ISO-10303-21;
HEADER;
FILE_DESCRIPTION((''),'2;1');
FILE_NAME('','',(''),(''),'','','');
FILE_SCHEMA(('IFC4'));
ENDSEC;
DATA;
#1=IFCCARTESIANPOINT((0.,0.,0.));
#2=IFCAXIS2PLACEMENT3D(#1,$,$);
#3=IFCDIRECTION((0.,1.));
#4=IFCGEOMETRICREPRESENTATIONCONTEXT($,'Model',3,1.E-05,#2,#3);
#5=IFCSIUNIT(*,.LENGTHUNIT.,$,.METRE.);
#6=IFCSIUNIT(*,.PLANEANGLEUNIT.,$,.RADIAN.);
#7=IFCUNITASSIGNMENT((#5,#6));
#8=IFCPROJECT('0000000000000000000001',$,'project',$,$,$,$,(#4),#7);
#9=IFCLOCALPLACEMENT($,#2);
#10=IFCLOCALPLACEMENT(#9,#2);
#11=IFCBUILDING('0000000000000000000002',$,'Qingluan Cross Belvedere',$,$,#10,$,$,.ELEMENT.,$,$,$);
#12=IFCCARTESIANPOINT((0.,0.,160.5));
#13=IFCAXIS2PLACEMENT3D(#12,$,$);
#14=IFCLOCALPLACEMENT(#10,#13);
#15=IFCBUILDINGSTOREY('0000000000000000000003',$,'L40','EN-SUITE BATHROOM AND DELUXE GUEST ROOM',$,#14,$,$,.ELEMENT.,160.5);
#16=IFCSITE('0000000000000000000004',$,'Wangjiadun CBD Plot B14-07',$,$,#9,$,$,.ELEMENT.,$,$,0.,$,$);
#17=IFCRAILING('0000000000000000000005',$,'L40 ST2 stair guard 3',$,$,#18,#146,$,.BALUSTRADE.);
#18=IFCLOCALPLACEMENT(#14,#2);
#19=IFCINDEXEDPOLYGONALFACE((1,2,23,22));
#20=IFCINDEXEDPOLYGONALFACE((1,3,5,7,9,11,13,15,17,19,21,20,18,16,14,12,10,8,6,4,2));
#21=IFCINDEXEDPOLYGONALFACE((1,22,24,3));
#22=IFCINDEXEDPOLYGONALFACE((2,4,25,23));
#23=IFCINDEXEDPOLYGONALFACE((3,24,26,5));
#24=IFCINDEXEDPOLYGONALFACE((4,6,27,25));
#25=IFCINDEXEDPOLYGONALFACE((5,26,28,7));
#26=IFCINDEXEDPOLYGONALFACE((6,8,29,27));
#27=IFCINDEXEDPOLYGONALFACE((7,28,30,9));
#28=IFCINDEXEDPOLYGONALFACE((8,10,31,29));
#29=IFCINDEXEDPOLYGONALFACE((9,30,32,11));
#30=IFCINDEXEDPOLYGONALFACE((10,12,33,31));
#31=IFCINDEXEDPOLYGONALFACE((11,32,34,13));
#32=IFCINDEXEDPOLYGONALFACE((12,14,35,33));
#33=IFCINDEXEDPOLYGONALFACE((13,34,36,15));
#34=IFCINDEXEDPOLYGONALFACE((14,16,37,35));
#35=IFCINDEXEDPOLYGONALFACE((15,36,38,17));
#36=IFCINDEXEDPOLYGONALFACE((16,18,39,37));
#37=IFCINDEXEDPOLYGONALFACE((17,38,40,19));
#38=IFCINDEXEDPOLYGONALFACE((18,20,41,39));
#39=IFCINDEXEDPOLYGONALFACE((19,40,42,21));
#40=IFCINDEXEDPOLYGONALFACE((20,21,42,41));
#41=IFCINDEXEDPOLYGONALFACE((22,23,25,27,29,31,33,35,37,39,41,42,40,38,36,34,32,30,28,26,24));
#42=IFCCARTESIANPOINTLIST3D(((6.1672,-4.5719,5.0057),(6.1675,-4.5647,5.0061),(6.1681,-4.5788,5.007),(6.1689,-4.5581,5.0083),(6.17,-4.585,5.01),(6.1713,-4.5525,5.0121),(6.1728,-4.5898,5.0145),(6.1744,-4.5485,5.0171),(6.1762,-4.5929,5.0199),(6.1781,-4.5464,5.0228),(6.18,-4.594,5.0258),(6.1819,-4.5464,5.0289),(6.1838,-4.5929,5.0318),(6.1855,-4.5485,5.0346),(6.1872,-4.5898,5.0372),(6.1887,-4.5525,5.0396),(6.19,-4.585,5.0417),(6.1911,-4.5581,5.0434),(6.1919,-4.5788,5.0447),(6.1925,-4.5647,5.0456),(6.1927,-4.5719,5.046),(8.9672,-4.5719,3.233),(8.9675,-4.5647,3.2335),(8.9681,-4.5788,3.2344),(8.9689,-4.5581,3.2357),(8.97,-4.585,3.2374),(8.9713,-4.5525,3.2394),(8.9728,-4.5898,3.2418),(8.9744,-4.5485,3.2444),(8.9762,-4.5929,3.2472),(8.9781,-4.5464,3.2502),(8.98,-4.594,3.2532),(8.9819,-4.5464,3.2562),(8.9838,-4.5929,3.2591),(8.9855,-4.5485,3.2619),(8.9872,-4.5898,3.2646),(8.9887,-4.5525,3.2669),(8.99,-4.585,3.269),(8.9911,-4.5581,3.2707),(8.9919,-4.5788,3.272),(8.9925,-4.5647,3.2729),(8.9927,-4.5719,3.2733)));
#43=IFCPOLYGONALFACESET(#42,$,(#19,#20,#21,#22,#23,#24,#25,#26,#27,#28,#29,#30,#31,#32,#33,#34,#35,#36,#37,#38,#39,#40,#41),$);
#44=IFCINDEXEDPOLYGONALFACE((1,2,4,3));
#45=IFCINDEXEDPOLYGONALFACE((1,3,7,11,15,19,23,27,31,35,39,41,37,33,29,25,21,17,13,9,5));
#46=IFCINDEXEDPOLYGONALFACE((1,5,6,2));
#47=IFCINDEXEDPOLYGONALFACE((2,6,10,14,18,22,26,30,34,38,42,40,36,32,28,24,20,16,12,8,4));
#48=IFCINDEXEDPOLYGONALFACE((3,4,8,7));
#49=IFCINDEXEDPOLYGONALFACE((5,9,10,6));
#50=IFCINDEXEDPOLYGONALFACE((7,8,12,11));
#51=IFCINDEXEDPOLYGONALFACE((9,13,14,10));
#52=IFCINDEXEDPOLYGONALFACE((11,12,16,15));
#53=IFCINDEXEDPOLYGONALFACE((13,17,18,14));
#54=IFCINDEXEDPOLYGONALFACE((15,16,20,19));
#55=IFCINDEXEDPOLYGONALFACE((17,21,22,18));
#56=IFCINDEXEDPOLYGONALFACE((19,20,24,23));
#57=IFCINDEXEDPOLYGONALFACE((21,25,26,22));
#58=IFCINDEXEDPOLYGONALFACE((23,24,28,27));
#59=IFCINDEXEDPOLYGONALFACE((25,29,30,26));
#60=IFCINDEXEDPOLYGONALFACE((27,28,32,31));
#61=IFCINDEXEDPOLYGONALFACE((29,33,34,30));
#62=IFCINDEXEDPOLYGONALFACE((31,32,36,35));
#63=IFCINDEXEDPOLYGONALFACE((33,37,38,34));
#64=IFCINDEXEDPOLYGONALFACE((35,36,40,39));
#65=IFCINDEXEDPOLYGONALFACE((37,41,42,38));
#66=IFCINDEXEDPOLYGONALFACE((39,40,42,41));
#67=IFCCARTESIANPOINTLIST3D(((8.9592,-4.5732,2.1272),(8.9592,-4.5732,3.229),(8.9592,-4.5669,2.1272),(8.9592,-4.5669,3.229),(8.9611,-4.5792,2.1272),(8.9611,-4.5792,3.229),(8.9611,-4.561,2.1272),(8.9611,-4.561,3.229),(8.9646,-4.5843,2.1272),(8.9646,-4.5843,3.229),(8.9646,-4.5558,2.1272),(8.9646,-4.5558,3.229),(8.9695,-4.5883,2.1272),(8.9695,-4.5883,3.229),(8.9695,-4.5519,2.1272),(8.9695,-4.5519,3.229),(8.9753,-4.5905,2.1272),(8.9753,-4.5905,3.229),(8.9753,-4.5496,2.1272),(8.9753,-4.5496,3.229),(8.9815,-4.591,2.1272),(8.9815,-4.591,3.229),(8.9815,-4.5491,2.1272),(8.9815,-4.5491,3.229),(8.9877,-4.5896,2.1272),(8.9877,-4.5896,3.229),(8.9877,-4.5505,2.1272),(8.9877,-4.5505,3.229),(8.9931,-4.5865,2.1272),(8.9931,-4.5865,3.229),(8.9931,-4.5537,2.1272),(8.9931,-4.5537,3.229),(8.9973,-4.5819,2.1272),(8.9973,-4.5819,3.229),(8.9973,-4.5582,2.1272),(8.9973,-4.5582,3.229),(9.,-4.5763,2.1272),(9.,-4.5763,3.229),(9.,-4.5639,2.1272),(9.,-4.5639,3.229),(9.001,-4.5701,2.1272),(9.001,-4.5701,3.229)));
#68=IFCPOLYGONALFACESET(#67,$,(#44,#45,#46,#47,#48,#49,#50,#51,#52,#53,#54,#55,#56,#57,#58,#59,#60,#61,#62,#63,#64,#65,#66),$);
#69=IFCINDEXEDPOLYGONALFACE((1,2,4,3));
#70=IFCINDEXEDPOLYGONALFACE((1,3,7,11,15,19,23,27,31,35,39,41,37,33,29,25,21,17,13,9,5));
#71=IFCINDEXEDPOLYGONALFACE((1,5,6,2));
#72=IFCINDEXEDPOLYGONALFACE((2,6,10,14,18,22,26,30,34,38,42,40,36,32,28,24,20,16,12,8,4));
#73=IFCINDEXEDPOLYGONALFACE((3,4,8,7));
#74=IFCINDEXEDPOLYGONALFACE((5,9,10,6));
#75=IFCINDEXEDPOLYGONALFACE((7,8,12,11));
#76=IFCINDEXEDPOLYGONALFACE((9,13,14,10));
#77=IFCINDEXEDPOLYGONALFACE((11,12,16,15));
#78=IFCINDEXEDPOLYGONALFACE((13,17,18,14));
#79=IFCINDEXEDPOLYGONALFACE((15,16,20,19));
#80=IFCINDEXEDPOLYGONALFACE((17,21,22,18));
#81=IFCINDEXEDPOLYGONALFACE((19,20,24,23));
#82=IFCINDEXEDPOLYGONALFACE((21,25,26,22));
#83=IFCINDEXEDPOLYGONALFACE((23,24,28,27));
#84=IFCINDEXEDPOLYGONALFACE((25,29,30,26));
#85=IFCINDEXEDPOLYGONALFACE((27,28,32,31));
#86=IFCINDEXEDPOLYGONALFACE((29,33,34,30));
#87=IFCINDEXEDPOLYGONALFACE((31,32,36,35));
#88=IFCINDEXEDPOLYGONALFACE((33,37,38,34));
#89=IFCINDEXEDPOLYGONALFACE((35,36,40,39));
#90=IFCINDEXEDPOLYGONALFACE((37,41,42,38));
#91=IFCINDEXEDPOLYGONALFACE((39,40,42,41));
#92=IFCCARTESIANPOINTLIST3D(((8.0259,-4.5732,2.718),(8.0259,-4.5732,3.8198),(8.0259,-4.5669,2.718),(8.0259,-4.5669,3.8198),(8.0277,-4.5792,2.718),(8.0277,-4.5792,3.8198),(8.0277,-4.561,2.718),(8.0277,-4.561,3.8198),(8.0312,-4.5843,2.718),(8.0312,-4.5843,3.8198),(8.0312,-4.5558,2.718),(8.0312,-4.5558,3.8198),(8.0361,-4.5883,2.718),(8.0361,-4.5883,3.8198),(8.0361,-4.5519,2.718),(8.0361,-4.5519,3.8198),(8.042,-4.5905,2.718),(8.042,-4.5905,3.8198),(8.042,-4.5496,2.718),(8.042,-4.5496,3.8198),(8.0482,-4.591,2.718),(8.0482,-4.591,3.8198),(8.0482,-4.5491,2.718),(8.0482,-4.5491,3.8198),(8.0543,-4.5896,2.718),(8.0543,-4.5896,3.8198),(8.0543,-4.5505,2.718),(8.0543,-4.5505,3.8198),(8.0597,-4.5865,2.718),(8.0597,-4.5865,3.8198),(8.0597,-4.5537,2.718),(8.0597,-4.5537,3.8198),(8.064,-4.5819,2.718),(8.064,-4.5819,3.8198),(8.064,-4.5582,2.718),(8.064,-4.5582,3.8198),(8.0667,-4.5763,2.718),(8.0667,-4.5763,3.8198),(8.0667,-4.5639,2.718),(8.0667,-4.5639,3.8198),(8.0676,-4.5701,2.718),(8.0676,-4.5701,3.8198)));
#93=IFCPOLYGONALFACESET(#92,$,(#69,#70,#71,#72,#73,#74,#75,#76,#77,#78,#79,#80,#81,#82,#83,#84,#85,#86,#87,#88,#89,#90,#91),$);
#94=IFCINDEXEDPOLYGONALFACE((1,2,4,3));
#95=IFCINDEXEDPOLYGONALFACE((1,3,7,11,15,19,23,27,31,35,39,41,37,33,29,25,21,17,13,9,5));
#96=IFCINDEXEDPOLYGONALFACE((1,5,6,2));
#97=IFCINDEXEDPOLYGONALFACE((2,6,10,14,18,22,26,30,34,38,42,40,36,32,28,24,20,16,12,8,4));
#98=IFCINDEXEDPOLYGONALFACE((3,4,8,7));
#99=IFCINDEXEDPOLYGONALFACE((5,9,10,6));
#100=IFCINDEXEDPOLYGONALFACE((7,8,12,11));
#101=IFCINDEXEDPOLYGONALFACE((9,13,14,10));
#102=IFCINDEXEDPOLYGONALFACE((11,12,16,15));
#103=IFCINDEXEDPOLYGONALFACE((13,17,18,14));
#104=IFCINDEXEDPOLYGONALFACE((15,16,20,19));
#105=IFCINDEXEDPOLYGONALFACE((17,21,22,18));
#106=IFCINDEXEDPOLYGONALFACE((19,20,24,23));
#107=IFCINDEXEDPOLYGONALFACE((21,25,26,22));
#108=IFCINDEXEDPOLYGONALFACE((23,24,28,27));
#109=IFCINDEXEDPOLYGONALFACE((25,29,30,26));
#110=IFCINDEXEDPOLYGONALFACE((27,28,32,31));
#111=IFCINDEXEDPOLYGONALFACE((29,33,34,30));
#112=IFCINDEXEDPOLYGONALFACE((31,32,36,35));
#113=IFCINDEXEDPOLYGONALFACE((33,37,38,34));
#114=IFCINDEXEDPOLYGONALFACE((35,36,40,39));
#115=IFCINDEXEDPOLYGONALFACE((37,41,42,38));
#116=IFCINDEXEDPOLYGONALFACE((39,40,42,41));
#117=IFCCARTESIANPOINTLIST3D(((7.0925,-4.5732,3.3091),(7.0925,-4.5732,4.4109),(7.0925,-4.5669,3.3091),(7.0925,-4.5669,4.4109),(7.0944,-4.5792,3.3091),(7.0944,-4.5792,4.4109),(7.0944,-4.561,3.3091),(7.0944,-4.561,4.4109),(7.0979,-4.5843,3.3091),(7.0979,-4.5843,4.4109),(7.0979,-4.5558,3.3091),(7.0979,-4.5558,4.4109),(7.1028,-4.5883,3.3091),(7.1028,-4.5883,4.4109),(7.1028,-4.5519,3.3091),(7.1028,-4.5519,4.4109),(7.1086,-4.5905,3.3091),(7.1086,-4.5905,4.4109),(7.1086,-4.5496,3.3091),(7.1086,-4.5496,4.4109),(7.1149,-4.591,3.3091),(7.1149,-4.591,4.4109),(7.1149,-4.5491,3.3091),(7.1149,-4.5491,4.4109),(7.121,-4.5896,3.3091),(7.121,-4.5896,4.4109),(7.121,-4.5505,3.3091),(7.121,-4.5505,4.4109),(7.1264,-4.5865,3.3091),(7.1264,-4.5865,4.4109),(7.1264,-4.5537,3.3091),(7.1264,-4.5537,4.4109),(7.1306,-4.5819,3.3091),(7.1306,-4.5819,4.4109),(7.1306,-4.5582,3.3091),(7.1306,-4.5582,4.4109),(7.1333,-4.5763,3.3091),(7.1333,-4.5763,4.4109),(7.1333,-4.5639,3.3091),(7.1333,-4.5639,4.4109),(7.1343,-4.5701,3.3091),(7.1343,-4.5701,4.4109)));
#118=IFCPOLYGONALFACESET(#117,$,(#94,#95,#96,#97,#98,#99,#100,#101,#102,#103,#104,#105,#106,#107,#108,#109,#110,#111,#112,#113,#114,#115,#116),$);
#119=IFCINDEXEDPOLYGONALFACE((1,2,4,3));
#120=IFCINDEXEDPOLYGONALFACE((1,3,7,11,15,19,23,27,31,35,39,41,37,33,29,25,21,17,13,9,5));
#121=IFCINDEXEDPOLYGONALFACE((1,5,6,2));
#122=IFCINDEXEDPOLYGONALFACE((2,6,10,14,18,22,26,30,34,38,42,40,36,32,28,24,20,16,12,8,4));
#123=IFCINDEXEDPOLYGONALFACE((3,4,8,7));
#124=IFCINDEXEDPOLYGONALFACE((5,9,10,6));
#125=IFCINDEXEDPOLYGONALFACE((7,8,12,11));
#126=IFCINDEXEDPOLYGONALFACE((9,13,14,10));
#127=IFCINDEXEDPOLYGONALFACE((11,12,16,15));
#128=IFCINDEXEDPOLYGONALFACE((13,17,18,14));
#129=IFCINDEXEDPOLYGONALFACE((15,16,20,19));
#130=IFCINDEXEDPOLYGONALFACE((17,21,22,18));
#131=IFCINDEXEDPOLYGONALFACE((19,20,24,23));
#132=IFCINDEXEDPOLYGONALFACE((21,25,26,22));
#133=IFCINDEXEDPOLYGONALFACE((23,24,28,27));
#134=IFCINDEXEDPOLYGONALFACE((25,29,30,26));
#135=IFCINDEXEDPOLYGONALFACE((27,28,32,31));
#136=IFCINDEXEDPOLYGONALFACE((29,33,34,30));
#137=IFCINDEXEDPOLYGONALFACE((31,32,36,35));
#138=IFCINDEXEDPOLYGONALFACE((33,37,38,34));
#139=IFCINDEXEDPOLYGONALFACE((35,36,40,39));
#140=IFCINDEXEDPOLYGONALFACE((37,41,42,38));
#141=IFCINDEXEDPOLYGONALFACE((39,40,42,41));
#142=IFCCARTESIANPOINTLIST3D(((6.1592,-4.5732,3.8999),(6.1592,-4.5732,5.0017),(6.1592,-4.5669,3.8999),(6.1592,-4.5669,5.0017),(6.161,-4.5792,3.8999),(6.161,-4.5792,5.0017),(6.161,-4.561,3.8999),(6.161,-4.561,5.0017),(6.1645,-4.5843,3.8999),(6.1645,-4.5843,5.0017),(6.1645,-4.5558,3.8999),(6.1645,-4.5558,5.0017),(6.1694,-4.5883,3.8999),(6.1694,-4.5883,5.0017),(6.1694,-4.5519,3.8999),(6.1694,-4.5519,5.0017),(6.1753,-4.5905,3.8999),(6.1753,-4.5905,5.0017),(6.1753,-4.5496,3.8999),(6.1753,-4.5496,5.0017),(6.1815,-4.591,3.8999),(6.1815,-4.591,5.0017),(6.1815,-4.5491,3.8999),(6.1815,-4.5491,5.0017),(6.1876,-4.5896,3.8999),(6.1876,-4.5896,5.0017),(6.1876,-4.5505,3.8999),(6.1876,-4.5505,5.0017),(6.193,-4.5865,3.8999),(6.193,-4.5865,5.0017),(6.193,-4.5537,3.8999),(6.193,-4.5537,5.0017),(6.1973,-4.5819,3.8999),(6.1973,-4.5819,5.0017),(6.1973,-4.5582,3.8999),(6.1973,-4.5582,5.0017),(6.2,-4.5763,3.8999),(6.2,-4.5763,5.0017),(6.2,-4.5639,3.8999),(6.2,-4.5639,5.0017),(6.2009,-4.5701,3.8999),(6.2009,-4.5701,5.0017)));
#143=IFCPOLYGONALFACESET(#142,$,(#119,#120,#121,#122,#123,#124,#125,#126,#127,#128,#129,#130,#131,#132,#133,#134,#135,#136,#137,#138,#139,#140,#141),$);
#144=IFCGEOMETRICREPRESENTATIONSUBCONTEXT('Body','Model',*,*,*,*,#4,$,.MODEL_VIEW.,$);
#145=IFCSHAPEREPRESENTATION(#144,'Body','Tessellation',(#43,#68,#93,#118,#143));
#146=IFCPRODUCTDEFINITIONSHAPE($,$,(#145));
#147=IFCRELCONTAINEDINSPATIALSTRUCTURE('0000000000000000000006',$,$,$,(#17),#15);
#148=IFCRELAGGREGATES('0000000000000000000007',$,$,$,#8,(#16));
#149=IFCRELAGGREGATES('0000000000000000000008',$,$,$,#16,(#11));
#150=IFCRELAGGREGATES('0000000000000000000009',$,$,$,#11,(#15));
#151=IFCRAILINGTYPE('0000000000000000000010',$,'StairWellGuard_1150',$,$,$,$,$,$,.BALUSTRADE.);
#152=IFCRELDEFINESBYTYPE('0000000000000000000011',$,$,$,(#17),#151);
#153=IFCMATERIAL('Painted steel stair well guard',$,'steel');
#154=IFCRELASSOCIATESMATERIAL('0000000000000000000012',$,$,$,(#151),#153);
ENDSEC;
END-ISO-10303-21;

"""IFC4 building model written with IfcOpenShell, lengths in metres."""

from ifc_helpers import new_model, si_unit, direction, frame, origin, origin_2d, place, context, subcontext, project, spatial, circle, extrude, material, type_object, element, save


model = new_model("IFC4")

# Units and contexts
model_context = context("Model", 3, precision=1e-05, world=origin(), true_north=direction((0.0, 1.0)))
body_context = subcontext(model_context, "Body", "Model", "MODEL_VIEW")
ifc_project = project(units=[si_unit("LENGTHUNIT", "METRE"), si_unit("PLANEANGLEUNIT", "RADIAN")], contexts=[model_context])

# Site, building, storey
site_placement = place(None, origin())
site = spatial("IfcSite", under=ifc_project, at=site_placement, Name="Wangjiadun CBD Plot B14-07", CompositionType="ELEMENT", RefElevation=0.0)
building_placement = place(site_placement, origin())
building = spatial("IfcBuilding", under=site, at=building_placement, Name="Qingluan Cross Belvedere", CompositionType="ELEMENT")
storey_placement = place(building_placement, frame((0.0, 0.0, 160.5)))
storey = spatial("IfcBuildingStorey", under=building, at=storey_placement, Name="L40", Description="EN-SUITE BATHROOM AND DELUXE GUEST ROOM", CompositionType="ELEMENT", Elevation=160.5)

# Railing
ifc_material_1 = material(Name="Painted steel stair well guard", Category="steel")
railing_type_1 = type_object("IfcRailingType", Name="StairWellGuard_1150", PredefinedType="BALUSTRADE", material=ifc_material_1)
railing_1_placement = place(storey_placement, frame((8.98, -4.5701, 2.1272)))
element("IfcRailing", 1, at=railing_1_placement, inside=storey, type_object=railing_type_1, Name="L40 ST2 stair guard 3", PredefinedType="BALUSTRADE", context=body_context, shape_type="SweptSolid", body=[
    extrude(circle(Radius=0.0239, at=origin_2d()), frame((0.0, 0.0, 1.126), z_axis=(-0.844909, 0.0, 0.53491), x_axis=(0.0, -1.0, 0.0)), (0.0, 0.0, 1.0), 3.314),
    extrude(circle(Radius=0.021, at=origin_2d()), origin(), (0.0, 0.0, 1.0), 1.1018),
    extrude(circle(Radius=0.021, at=origin_2d()), frame((-0.9333, 0.0, 0.5908)), (0.0, 0.0, 1.0), 1.1018),
    extrude(circle(Radius=0.021, at=origin_2d()), frame((-1.8667, 0.0, 1.1819)), (0.0, 0.0, 1.0), 1.1018),
    extrude(circle(Radius=0.021, at=origin_2d()), frame((-2.8, 0.0, 1.7727)), (0.0, 0.0, 1.0), 1.1018),
])

save(model, "model.ifc")
